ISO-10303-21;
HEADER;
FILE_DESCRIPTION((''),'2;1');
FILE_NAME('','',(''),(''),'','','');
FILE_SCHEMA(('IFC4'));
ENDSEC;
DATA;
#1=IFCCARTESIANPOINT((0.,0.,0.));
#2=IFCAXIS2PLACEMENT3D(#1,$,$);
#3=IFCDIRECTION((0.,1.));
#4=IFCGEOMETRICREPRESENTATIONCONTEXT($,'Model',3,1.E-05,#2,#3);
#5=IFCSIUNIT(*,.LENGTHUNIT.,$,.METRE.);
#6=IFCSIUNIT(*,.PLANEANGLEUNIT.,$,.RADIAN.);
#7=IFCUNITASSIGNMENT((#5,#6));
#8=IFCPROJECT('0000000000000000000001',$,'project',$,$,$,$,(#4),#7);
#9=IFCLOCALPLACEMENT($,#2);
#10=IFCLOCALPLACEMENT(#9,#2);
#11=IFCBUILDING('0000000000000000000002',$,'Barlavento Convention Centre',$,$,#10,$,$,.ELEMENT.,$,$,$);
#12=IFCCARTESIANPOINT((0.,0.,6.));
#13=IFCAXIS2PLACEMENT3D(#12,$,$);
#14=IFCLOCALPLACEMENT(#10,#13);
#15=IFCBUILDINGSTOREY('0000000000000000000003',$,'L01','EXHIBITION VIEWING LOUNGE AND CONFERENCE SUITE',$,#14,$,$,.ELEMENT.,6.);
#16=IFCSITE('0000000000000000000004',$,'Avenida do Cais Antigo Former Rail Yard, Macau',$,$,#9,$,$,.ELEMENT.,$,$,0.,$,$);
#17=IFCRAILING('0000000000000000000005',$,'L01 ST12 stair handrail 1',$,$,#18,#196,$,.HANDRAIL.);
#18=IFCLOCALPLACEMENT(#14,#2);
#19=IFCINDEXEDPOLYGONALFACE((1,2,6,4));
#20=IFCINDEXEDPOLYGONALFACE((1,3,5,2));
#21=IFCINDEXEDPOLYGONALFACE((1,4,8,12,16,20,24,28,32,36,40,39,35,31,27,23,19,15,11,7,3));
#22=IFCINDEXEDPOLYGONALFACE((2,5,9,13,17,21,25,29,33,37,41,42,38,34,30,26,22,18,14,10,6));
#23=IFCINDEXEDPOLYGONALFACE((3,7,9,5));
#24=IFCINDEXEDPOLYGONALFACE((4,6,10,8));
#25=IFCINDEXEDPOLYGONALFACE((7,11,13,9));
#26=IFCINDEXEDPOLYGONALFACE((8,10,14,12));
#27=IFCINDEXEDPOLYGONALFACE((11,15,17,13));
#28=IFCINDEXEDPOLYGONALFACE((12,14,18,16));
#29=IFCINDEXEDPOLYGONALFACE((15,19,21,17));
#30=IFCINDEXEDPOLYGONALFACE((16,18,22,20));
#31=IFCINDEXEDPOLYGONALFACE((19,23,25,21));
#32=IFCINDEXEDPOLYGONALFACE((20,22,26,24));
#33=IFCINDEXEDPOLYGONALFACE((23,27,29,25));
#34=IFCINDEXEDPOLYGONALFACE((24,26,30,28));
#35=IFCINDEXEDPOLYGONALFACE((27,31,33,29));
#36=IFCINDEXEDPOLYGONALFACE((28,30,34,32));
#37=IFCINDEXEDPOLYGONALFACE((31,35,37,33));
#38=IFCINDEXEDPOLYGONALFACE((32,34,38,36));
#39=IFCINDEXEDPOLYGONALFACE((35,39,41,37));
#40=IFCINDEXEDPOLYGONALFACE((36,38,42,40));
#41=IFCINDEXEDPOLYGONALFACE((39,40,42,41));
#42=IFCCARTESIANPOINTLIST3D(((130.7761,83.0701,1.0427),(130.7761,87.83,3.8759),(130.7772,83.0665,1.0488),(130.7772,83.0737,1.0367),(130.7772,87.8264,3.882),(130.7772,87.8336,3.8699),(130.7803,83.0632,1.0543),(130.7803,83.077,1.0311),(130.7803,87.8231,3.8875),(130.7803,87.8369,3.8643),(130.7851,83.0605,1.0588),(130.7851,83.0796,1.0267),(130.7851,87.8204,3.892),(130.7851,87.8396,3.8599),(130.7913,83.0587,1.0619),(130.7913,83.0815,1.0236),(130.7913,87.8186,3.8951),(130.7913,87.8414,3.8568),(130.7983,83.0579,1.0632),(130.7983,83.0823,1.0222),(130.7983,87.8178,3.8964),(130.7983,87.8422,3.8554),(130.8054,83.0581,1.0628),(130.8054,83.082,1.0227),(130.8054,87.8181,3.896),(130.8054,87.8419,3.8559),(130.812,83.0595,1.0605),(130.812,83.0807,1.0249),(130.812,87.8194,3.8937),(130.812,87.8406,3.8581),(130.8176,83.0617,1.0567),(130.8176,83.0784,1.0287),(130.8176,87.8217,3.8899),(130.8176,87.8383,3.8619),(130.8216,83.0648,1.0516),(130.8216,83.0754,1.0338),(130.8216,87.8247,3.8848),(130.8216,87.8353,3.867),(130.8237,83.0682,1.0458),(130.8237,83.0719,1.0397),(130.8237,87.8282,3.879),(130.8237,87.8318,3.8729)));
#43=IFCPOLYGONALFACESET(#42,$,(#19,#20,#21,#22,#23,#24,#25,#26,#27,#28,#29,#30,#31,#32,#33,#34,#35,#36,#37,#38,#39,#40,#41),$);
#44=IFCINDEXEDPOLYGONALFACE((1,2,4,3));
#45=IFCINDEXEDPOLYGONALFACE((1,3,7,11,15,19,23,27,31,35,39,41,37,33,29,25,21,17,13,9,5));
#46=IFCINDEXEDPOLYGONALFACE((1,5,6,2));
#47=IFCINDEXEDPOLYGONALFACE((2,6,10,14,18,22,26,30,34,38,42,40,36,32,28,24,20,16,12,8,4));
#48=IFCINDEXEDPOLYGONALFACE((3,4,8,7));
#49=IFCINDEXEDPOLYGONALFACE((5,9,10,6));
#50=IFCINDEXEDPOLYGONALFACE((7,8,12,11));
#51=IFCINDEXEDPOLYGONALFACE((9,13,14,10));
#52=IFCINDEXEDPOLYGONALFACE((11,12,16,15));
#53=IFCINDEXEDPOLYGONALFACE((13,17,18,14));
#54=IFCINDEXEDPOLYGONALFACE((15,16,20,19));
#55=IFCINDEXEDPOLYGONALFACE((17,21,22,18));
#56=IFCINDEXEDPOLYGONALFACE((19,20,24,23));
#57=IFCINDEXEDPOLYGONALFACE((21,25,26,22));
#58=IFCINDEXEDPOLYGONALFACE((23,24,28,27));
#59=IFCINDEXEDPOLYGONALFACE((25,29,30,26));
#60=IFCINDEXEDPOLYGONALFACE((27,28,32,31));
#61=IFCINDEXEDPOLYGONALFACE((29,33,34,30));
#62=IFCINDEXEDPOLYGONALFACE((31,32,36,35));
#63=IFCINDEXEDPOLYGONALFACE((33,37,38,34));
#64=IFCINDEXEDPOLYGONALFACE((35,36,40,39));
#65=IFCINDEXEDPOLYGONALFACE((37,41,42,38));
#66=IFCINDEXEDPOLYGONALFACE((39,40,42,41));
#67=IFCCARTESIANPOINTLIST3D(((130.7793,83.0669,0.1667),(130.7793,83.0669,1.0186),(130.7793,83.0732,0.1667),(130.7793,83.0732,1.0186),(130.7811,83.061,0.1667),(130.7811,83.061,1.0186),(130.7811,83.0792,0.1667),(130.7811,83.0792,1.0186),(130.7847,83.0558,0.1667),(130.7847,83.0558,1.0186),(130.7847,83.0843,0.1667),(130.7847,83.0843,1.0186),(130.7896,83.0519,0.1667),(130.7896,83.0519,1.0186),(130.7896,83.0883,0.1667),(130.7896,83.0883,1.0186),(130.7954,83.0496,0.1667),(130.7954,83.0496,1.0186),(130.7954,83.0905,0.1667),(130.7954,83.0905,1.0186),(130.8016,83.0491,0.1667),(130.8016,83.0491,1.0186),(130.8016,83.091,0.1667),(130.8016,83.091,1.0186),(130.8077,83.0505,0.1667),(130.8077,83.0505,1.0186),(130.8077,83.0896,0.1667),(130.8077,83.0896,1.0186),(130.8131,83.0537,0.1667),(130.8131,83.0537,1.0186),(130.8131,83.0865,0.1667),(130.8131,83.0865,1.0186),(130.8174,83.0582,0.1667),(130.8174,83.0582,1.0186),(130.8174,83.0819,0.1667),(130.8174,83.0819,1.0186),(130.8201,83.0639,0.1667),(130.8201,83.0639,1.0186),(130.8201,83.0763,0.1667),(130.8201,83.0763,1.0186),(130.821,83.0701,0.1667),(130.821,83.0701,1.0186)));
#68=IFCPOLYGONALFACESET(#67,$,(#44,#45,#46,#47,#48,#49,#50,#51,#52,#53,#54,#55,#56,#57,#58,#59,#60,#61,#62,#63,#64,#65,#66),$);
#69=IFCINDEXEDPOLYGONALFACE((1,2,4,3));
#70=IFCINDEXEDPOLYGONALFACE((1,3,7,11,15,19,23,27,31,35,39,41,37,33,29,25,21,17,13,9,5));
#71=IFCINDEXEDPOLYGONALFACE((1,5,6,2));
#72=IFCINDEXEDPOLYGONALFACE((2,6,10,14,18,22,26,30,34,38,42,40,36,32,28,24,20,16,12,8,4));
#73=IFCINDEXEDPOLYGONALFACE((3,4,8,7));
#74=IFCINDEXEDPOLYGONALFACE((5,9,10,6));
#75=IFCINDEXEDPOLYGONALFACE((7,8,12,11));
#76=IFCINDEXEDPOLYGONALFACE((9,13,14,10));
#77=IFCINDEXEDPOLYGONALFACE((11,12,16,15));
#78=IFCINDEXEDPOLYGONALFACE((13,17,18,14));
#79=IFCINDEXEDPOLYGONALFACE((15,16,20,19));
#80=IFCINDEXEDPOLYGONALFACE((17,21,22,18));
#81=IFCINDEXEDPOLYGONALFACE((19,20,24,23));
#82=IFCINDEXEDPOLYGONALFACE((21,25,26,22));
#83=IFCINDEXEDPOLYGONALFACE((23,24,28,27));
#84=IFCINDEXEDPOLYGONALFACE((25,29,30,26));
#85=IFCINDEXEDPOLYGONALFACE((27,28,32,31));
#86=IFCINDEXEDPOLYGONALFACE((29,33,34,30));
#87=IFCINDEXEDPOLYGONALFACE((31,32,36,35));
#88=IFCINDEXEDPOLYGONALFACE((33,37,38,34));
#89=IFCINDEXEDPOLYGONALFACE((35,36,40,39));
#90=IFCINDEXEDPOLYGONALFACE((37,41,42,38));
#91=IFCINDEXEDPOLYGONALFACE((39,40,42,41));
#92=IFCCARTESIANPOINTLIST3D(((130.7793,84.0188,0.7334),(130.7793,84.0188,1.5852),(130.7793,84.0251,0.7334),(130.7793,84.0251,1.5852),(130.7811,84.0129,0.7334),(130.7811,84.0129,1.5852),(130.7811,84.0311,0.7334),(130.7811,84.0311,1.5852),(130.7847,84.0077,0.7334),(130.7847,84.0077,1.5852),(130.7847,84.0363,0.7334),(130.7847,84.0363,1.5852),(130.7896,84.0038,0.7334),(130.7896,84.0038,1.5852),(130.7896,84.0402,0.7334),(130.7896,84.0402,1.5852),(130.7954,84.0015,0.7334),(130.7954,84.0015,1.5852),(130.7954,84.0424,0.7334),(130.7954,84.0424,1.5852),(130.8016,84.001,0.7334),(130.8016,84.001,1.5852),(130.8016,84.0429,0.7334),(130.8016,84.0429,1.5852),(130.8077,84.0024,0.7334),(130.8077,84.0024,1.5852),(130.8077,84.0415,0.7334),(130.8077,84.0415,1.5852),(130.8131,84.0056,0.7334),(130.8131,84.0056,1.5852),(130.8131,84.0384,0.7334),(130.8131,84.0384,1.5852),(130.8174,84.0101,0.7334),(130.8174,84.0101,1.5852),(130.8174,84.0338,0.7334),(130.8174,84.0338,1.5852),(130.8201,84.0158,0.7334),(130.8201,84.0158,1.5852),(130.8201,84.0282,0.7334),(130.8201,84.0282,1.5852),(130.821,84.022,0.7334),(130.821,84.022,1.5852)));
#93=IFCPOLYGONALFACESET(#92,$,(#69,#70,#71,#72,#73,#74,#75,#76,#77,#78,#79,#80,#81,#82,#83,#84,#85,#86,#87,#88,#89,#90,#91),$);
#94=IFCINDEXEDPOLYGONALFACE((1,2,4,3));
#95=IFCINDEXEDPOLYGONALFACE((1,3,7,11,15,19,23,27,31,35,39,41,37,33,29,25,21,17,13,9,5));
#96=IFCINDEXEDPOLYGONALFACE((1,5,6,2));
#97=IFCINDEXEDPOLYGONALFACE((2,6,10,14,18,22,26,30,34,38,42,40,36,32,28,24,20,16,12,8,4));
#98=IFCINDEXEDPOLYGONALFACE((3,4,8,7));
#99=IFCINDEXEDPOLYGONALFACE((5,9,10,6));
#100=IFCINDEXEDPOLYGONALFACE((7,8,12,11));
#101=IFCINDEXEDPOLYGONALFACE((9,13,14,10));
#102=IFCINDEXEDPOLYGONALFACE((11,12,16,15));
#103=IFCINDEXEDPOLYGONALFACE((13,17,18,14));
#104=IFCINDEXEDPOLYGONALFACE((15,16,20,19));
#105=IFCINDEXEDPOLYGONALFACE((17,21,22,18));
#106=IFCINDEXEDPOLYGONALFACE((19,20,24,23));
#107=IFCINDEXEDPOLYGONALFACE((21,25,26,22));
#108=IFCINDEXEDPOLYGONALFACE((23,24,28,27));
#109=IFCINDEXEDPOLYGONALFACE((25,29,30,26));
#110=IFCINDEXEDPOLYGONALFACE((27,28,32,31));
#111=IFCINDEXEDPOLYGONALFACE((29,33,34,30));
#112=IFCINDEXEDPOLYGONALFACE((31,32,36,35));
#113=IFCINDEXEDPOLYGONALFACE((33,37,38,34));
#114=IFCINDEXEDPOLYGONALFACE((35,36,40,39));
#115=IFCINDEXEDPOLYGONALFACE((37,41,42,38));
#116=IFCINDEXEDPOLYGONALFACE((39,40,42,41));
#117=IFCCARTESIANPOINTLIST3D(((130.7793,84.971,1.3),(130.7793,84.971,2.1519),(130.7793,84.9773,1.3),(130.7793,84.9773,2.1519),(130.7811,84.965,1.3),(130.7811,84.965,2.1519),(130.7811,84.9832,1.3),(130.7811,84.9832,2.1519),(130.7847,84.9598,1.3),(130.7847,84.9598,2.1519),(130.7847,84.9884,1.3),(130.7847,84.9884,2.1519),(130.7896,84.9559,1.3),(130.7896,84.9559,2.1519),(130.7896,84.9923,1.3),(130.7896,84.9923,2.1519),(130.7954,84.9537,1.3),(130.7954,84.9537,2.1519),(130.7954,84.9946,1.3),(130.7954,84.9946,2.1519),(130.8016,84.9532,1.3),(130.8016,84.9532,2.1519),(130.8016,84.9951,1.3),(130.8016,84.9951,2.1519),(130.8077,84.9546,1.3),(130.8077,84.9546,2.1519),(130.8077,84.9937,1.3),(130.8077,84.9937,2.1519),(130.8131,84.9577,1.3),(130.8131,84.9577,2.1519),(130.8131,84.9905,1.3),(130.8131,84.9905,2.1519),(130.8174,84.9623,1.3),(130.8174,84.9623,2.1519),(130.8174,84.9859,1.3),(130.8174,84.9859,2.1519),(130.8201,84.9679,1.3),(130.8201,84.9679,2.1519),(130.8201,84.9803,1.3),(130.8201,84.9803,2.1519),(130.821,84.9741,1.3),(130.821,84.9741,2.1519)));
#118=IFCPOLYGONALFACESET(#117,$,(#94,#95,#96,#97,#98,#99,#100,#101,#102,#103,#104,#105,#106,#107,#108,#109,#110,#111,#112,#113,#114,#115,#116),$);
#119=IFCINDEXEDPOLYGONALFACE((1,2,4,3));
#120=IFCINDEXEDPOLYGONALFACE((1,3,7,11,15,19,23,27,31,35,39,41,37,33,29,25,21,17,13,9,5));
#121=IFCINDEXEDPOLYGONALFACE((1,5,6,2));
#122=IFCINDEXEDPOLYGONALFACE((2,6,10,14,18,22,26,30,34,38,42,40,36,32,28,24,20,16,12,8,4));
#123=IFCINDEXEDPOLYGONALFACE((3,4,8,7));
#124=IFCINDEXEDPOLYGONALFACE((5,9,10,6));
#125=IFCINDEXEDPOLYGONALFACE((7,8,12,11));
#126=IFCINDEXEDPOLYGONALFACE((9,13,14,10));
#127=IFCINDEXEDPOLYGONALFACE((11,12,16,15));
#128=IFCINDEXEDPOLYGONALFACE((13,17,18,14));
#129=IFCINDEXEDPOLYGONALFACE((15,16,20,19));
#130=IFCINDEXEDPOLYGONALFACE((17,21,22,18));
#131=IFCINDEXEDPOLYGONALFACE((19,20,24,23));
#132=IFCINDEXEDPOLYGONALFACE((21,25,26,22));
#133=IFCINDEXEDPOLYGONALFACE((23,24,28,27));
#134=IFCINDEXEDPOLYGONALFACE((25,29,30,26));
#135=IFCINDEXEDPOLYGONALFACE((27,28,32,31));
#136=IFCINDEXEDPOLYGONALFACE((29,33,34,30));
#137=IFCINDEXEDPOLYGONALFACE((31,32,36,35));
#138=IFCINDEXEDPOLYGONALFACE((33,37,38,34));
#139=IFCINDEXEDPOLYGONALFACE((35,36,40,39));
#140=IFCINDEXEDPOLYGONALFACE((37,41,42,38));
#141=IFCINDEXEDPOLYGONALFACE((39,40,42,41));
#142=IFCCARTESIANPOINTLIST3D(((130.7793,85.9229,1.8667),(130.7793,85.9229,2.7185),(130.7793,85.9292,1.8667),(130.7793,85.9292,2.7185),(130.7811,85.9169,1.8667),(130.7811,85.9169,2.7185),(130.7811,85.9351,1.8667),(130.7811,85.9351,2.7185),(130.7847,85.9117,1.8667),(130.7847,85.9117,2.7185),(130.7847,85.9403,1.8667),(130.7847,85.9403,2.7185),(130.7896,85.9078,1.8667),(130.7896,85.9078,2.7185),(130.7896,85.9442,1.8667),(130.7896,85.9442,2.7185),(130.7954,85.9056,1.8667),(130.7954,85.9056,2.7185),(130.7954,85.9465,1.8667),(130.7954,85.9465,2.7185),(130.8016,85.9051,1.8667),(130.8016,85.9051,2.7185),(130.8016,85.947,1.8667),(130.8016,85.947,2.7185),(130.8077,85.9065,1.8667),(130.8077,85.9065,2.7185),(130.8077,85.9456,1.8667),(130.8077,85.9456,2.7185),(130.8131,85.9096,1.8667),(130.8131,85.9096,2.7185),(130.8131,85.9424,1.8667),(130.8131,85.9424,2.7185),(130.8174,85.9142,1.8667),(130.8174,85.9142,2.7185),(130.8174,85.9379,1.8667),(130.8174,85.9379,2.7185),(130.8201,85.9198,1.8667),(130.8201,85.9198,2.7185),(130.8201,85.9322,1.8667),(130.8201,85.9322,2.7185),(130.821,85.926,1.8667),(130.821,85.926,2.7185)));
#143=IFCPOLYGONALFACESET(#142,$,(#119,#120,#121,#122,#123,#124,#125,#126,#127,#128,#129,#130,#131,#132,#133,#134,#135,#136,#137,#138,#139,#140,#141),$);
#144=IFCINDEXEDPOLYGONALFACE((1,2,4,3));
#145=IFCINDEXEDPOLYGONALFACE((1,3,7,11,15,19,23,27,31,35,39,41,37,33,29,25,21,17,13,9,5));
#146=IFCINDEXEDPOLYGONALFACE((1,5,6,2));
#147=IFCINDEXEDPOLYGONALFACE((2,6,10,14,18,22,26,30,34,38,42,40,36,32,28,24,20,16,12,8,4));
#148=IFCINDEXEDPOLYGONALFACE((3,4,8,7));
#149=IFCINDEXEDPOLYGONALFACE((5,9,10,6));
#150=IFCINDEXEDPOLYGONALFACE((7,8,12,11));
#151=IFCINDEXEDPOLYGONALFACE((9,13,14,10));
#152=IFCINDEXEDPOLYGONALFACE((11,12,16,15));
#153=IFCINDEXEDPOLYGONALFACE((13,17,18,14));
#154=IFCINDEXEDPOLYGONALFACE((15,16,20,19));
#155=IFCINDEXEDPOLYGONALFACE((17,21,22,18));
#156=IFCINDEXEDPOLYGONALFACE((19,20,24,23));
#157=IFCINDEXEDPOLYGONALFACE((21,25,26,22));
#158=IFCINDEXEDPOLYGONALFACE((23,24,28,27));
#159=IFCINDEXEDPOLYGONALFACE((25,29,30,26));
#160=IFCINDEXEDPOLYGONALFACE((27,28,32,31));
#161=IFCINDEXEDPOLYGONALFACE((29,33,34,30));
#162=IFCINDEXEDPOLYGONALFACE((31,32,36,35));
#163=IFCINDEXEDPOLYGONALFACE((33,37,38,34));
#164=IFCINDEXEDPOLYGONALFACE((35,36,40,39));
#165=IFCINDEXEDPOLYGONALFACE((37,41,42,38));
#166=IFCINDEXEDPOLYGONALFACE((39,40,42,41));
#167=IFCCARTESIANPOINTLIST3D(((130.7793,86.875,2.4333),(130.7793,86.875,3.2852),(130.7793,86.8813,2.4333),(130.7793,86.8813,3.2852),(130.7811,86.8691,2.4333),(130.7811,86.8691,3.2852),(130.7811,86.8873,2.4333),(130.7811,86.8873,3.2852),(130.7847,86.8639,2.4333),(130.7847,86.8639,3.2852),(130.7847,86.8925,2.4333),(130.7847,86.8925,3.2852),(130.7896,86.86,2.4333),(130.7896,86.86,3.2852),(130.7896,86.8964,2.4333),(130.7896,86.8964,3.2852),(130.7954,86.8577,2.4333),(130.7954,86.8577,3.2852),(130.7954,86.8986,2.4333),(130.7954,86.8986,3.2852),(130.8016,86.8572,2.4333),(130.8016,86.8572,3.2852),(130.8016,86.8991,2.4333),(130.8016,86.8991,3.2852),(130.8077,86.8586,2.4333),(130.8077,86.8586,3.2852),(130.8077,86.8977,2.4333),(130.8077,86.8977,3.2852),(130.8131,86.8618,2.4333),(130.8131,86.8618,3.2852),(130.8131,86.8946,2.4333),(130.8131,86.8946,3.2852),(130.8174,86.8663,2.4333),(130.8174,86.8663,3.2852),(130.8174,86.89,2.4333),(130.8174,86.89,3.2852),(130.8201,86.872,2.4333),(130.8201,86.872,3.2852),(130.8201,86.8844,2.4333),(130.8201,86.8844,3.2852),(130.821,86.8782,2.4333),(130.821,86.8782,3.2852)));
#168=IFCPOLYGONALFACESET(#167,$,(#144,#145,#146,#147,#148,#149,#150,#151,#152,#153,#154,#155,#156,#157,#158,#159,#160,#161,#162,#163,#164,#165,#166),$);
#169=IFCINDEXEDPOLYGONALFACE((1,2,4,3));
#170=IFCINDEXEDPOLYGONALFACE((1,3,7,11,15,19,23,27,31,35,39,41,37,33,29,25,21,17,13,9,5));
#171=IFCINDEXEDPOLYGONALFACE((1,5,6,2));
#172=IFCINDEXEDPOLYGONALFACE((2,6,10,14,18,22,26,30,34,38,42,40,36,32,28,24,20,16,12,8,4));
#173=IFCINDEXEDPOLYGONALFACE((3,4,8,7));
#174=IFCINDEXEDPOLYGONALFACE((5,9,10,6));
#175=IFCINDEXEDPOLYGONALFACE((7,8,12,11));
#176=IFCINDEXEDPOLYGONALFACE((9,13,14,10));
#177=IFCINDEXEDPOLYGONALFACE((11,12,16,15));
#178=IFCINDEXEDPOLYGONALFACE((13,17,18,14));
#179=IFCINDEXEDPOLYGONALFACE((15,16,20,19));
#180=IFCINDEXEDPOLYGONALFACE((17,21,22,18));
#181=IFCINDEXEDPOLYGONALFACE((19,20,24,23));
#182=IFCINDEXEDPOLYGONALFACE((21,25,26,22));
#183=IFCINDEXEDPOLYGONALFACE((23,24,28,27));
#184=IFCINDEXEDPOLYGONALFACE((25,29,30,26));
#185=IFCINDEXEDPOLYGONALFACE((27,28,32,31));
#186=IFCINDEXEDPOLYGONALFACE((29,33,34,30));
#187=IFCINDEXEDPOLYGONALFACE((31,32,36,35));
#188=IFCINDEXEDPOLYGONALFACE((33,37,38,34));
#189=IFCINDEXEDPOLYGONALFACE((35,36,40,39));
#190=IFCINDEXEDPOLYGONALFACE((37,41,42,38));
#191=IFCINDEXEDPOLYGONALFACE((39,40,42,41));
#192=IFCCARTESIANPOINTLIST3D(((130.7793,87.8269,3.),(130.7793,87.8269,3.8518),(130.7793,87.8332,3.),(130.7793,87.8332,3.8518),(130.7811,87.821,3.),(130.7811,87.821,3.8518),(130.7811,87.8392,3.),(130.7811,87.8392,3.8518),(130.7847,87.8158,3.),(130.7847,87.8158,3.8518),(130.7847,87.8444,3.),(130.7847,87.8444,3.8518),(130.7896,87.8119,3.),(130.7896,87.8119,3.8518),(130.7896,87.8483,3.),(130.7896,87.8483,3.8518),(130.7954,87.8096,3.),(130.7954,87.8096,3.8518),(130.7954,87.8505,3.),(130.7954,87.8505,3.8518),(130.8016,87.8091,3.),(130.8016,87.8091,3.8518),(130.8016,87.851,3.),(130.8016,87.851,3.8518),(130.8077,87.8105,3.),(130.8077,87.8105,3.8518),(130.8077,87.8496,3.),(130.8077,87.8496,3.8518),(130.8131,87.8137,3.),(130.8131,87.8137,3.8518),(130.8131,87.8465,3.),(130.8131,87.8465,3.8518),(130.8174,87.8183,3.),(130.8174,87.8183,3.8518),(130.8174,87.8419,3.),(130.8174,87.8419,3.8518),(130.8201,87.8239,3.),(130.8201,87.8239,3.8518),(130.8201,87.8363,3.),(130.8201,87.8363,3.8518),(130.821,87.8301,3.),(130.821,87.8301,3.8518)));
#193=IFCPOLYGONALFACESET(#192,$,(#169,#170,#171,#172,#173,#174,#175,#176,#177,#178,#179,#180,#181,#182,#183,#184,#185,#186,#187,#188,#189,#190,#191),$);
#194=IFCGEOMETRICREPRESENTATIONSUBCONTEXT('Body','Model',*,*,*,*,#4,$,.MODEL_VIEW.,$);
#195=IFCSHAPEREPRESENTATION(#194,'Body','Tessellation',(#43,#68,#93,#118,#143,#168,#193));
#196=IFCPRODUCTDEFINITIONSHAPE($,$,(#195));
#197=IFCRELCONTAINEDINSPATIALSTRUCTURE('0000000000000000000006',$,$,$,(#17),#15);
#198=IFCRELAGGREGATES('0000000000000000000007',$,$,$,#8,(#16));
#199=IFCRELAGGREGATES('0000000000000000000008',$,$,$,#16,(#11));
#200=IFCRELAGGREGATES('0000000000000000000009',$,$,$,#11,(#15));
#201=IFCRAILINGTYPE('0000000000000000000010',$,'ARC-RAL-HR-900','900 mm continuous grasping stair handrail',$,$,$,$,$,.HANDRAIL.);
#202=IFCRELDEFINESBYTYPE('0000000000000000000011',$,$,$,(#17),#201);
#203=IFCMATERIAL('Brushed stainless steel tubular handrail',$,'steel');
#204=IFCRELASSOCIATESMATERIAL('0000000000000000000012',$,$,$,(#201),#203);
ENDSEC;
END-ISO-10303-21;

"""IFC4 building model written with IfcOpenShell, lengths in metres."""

from ifc_helpers import new_model, si_unit, direction, frame, origin, origin_2d, place, context, subcontext, project, spatial, circle, extrude, material, type_object, element, save


model = new_model("IFC4")

# Units and contexts
model_context = context("Model", 3, precision=1e-05, world=origin(), true_north=direction((0.0, 1.0)))
body_context = subcontext(model_context, "Body", "Model", "MODEL_VIEW")
ifc_project = project(units=[si_unit("LENGTHUNIT", "METRE"), si_unit("PLANEANGLEUNIT", "RADIAN")], contexts=[model_context])

# Site, building, storey
site_placement = place(None, origin())
site = spatial("IfcSite", under=ifc_project, at=site_placement, Name="Avenida do Cais Antigo Former Rail Yard, Macau", CompositionType="ELEMENT", RefElevation=0.0)
building_placement = place(site_placement, origin())
building = spatial("IfcBuilding", under=site, at=building_placement, Name="Barlavento Convention Centre", CompositionType="ELEMENT")
storey_placement = place(building_placement, frame((0.0, 0.0, 6.0)))
storey = spatial("IfcBuildingStorey", under=building, at=storey_placement, Name="L01", Description="EXHIBITION VIEWING LOUNGE AND CONFERENCE SUITE", CompositionType="ELEMENT", Elevation=6.0)

# Railing
ifc_material_1 = material(Name="Brushed stainless steel tubular handrail", Category="steel")
railing_type_1 = type_object("IfcRailingType", Name="ARC-RAL-HR-900", Description="900 mm continuous grasping stair handrail", PredefinedType="HANDRAIL", material=ifc_material_1)
railing_1_placement = place(storey_placement, frame((130.8, 83.0701, 0.1667)))
element("IfcRailing", 1, at=railing_1_placement, inside=storey, type_object=railing_type_1, Name="L01 ST12 stair handrail 1", PredefinedType="HANDRAIL", context=body_context, shape_type="SweptSolid", body=[
    extrude(circle(Radius=0.0239, at=origin_2d()), frame((0.0, 0.0, 0.876), z_axis=(0.0, 0.8593, 0.511472), x_axis=(-1.0, 0.0, 0.0)), (0.0, 0.0, 1.0), 5.5393),
    extrude(circle(Radius=0.021, at=origin_2d()), origin(), (0.0, 0.0, 1.0), 0.8518),
    extrude(circle(Radius=0.021, at=origin_2d()), frame((0.0, 0.9519, 0.5667)), (0.0, 0.0, 1.0), 0.8518),
    extrude(circle(Radius=0.021, at=origin_2d()), frame((0.0, 1.9041, 1.1333)), (0.0, 0.0, 1.0), 0.8518),
    extrude(circle(Radius=0.021, at=origin_2d()), frame((0.0, 2.856, 1.7)), (0.0, 0.0, 1.0), 0.8518),
    extrude(circle(Radius=0.021, at=origin_2d()), frame((0.0, 3.8081, 2.2666)), (0.0, 0.0, 1.0), 0.8518),
    extrude(circle(Radius=0.021, at=origin_2d()), frame((0.0, 4.76, 2.8333)), (0.0, 0.0, 1.0), 0.8518),
])

save(model, "model.ifc")
